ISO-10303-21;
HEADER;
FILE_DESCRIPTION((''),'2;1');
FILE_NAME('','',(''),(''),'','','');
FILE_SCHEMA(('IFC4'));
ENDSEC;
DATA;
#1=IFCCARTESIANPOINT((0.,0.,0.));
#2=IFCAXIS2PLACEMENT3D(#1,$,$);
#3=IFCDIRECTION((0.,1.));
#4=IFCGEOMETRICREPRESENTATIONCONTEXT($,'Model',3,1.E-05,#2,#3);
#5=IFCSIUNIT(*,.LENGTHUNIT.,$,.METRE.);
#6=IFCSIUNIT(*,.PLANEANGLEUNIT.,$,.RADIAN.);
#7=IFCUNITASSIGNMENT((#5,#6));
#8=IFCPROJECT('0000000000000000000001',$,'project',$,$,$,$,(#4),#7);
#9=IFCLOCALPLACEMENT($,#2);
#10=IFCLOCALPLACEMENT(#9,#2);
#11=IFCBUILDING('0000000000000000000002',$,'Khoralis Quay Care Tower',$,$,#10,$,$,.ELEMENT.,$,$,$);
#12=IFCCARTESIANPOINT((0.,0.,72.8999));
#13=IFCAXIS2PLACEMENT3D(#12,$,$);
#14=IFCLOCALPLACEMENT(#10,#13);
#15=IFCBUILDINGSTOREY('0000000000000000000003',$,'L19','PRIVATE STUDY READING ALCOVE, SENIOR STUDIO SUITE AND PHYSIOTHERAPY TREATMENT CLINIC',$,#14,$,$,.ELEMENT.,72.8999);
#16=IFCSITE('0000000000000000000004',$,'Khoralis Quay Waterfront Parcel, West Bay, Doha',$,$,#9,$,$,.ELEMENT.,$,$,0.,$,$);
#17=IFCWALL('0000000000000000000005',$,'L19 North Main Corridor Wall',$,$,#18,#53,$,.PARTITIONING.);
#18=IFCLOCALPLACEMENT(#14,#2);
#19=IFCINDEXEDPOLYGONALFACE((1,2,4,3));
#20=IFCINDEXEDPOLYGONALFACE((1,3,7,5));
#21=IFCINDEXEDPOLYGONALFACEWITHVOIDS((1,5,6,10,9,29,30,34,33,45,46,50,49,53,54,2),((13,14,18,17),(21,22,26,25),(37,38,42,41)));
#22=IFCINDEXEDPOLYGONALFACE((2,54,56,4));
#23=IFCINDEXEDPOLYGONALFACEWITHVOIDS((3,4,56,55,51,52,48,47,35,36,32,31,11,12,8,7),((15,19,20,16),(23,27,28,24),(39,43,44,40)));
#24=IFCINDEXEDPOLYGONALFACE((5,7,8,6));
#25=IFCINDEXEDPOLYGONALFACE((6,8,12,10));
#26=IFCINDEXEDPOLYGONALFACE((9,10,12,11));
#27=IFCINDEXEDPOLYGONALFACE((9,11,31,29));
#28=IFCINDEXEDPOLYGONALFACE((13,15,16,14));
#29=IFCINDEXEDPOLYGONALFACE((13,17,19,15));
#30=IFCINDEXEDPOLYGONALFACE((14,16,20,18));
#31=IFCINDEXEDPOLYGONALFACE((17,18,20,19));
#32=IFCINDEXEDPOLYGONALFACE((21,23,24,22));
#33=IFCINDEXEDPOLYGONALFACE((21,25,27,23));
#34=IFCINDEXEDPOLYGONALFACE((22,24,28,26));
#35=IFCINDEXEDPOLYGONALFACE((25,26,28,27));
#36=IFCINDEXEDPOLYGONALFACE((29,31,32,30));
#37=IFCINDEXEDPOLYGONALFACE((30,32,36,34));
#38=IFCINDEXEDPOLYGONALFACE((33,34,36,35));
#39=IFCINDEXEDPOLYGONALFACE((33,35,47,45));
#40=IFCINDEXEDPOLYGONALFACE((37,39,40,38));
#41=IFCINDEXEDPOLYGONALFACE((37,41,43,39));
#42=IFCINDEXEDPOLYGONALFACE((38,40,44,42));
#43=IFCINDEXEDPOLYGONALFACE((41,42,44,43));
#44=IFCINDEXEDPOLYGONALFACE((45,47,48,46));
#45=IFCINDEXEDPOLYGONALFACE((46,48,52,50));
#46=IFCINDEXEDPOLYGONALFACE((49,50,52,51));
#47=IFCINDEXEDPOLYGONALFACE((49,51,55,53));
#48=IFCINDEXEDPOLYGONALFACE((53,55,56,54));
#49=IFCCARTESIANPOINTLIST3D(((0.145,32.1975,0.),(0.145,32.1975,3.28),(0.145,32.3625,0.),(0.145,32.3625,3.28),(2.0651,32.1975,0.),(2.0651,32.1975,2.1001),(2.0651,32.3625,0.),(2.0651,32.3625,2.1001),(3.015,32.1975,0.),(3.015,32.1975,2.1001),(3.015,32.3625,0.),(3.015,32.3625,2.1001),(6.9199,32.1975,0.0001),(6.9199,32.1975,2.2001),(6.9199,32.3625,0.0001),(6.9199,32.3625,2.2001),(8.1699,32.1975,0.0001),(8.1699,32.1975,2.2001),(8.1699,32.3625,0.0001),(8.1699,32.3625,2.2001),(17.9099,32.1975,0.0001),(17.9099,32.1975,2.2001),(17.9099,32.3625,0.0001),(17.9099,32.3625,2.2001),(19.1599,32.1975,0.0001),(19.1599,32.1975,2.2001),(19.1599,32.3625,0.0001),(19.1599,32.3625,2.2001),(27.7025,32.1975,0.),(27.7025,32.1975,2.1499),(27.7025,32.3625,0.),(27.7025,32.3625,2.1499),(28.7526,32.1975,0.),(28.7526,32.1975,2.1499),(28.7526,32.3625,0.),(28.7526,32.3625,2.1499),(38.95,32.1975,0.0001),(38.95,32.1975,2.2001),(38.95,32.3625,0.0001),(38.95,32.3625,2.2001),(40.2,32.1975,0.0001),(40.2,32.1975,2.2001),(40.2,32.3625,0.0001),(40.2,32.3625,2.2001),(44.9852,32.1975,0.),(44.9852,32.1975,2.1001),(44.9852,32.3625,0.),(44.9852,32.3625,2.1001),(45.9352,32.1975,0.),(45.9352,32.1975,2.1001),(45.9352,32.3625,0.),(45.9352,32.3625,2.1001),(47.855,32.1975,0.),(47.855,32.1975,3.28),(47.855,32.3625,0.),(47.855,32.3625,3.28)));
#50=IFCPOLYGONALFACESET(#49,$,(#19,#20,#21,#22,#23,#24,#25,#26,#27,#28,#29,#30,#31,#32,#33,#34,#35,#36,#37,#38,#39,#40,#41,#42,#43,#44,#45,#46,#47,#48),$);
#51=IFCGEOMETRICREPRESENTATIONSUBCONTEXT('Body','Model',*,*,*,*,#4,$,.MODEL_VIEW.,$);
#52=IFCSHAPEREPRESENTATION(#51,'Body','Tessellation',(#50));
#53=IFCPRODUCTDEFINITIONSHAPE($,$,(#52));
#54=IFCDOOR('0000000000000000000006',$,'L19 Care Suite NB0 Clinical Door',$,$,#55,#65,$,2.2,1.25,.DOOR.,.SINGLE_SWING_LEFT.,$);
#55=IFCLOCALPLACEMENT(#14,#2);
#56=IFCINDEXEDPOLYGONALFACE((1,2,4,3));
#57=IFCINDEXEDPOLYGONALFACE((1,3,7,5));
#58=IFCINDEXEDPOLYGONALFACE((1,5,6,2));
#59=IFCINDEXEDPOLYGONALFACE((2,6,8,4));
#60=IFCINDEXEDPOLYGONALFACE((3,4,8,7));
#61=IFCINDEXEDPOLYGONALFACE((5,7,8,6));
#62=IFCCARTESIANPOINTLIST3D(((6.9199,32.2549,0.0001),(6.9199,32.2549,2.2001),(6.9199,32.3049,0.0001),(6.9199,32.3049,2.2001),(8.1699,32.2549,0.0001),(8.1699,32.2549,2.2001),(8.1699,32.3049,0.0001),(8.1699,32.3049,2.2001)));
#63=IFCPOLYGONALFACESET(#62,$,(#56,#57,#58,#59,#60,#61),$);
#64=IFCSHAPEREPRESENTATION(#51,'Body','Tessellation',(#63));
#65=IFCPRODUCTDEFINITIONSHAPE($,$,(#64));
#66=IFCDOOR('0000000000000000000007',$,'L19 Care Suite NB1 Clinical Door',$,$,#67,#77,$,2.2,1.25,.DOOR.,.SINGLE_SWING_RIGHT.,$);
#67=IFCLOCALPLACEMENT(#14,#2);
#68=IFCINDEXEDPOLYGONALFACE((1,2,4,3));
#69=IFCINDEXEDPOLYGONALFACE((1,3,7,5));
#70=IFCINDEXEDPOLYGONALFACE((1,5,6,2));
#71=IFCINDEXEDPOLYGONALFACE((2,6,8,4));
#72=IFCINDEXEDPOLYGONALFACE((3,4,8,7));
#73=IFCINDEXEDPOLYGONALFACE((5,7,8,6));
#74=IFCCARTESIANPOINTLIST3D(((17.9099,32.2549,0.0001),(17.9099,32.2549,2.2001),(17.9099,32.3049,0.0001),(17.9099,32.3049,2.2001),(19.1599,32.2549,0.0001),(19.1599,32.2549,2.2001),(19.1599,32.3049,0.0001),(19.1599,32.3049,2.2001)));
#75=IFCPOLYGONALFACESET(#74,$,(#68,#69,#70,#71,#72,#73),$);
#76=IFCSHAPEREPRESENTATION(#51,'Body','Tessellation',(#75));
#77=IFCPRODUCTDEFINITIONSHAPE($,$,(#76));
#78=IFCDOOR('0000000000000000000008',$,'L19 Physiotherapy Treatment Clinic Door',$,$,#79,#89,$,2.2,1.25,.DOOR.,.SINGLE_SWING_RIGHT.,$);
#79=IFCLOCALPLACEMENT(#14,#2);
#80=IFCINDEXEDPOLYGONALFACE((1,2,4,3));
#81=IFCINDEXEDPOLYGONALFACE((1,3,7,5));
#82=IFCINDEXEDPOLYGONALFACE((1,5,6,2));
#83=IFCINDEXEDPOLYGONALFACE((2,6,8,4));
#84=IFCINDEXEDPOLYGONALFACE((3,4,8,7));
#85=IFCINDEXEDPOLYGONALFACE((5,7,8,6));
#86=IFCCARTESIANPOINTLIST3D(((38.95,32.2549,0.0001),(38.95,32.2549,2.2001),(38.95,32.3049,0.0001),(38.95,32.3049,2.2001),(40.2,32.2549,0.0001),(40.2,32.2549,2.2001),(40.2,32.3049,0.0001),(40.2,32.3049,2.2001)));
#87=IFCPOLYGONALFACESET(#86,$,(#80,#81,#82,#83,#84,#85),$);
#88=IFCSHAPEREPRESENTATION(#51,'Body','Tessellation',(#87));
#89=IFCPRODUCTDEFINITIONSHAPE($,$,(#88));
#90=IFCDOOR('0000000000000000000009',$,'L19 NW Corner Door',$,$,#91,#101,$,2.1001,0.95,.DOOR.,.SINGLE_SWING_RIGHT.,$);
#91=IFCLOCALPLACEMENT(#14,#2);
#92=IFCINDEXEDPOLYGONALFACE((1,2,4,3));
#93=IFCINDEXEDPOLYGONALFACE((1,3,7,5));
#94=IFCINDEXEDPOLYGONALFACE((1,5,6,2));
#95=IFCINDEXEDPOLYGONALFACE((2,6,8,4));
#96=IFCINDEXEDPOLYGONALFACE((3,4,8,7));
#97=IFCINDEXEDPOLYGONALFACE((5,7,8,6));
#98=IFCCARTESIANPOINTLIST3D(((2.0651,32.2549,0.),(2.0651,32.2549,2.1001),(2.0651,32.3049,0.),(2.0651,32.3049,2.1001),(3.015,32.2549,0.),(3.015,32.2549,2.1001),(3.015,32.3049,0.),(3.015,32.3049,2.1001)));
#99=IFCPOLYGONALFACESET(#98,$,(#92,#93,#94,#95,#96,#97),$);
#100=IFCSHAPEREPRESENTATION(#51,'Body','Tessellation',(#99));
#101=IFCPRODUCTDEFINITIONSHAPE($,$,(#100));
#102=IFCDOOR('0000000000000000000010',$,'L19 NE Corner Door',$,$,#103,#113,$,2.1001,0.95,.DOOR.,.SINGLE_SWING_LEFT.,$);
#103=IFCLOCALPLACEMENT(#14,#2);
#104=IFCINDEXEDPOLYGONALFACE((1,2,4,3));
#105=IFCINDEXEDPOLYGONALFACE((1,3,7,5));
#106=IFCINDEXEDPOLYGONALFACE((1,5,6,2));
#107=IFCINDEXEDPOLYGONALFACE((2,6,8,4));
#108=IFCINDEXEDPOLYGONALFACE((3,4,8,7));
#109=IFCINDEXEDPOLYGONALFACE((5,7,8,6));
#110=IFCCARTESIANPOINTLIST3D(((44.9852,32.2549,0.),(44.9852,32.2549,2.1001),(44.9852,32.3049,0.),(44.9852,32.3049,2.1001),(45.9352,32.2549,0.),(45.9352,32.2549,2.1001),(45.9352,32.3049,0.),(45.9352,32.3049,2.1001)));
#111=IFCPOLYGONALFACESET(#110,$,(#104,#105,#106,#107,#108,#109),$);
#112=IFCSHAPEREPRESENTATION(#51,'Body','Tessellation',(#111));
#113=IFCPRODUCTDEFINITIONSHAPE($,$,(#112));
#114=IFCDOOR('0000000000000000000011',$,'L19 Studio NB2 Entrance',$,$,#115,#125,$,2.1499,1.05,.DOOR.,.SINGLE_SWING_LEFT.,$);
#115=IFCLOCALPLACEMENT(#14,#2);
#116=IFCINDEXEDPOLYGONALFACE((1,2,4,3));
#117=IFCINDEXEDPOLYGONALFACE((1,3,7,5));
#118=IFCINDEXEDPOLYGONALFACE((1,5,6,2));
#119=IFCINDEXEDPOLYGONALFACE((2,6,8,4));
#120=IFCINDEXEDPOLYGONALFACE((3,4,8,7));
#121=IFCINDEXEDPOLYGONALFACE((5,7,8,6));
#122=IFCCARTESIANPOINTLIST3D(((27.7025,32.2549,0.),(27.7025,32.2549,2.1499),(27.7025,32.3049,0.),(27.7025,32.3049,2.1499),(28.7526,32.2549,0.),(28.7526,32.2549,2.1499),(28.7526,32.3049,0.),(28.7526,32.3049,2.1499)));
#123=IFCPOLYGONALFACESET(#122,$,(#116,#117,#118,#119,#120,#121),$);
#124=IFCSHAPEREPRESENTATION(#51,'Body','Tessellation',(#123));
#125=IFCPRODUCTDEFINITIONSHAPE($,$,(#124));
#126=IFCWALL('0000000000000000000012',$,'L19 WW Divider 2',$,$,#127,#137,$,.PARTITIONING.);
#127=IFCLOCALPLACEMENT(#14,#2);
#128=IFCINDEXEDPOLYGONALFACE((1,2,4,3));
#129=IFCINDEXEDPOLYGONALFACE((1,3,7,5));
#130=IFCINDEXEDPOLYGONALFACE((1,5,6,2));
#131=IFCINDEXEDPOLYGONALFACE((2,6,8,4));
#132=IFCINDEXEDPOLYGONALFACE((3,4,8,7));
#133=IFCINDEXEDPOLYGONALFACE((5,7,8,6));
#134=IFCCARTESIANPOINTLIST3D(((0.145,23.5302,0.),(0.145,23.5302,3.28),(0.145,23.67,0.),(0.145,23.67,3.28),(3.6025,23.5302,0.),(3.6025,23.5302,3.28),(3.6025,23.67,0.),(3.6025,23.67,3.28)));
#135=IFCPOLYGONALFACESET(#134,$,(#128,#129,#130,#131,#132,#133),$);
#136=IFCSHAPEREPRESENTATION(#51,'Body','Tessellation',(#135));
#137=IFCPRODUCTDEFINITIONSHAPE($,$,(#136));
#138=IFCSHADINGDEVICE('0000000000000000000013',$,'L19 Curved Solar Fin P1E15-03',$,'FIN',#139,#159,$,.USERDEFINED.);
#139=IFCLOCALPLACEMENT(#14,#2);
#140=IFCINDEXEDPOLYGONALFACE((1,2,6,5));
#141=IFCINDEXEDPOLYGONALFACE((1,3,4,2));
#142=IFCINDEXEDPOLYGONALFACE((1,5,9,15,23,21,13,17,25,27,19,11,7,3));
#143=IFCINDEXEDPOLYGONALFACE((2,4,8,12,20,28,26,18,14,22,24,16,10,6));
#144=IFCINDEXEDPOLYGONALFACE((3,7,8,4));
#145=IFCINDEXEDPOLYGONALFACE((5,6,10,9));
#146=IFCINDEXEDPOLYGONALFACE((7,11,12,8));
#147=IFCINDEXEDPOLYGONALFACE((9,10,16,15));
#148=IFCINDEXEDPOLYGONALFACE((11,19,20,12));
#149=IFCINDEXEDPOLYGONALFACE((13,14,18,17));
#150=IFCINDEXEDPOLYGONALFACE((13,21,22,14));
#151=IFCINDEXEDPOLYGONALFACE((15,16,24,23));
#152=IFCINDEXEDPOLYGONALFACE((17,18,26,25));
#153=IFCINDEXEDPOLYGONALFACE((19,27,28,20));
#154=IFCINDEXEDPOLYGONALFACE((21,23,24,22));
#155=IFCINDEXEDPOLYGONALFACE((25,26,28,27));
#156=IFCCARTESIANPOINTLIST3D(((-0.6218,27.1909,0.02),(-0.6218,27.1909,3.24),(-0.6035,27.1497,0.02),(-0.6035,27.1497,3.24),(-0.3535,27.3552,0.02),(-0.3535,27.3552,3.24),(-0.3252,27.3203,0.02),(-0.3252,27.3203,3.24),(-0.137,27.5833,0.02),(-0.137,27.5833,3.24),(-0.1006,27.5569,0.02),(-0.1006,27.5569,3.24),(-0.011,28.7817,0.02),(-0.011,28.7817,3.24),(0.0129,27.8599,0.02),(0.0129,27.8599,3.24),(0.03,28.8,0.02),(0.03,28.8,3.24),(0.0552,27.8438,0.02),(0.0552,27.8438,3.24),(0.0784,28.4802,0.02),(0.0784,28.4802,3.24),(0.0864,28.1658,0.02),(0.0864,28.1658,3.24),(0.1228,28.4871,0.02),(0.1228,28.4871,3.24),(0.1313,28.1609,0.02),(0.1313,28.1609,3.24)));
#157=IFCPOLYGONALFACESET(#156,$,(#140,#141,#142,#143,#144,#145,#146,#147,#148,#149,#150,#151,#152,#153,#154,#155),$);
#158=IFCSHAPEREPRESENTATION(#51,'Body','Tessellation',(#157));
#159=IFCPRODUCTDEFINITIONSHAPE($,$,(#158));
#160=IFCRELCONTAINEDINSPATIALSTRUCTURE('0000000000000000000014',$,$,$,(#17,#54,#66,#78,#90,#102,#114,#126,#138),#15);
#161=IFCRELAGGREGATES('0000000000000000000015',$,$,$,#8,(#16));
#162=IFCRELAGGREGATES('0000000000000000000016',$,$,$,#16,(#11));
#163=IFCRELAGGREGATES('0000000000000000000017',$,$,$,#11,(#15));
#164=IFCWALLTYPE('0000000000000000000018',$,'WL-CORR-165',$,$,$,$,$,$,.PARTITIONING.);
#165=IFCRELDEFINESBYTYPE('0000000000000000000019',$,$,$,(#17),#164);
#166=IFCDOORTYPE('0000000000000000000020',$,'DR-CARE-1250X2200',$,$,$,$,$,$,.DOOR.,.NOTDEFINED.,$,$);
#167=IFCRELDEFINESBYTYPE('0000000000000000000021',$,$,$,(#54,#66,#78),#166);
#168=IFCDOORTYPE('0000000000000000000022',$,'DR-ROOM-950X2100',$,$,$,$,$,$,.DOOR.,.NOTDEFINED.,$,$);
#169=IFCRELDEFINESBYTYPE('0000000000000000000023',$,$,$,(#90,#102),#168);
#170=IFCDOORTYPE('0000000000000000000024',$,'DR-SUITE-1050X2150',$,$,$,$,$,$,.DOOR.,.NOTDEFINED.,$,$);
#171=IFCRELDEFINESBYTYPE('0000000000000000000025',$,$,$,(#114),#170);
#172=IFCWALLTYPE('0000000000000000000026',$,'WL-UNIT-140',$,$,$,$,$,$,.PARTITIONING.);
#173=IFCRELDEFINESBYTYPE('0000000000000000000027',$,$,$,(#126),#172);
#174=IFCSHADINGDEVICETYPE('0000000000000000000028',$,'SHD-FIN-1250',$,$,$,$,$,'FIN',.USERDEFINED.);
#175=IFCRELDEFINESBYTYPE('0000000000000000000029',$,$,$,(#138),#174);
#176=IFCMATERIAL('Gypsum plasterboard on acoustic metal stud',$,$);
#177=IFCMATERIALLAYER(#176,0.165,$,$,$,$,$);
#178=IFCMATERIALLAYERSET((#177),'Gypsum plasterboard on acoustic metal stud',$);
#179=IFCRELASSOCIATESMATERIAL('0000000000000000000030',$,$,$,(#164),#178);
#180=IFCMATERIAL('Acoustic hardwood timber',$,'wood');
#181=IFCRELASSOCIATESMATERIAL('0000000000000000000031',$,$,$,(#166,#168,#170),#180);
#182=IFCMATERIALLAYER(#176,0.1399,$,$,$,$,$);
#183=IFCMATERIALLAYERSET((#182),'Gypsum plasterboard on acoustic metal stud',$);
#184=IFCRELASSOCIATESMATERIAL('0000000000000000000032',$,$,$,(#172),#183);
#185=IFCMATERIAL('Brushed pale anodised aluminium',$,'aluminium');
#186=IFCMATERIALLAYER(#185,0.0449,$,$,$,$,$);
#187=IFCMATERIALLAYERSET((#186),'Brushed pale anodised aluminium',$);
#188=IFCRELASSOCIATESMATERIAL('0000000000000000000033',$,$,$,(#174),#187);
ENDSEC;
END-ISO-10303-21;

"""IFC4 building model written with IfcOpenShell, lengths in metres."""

from ifc_helpers import new_model, si_unit, direction, frame, frame_2d, origin, place, context, subcontext, project, spatial, polyline, rectangle, outline, extrude, source, transform, mapped, material, layer, layer_set, type_object, element, fill, save


model = new_model("IFC4")

# Units and contexts
model_context = context("Model", 3, precision=1e-05, world=origin(), true_north=direction((0.0, 1.0)))
body_context = subcontext(model_context, "Body", "Model", "MODEL_VIEW")
ifc_project = project(units=[si_unit("LENGTHUNIT", "METRE"), si_unit("PLANEANGLEUNIT", "RADIAN")], contexts=[model_context])

# Site, building, storey
site_placement = place(None, origin())
site = spatial("IfcSite", under=ifc_project, at=site_placement, Name="Khoralis Quay Waterfront Parcel, West Bay, Doha", CompositionType="ELEMENT", RefElevation=0.0)
building_placement = place(site_placement, origin())
building = spatial("IfcBuilding", under=site, at=building_placement, Name="Khoralis Quay Care Tower", CompositionType="ELEMENT")
storey_placement = place(building_placement, frame((0.0, 0.0, 72.8999)))
storey = spatial("IfcBuildingStorey", under=building, at=storey_placement, Name="L19", Description="PRIVATE STUDY READING ALCOVE, SENIOR STUDIO SUITE AND PHYSIOTHERAPY TREATMENT CLINIC", CompositionType="ELEMENT", Elevation=72.8999)

# Wall, openings, doors
ifc_material_1 = material(Name="Gypsum plasterboard on acoustic metal stud")
ifc_layer_1 = layer(ifc_material_1, 0.165)
ifc_layer_set_1 = layer_set([ifc_layer_1], Name="Gypsum plasterboard on acoustic metal stud")
wall_type_1 = type_object("IfcWallType", Name="WL-CORR-165", PredefinedType="PARTITIONING", material=ifc_layer_set_1)
wall_1_placement = place(storey_placement, frame((0.145, 32.28, 0.0), z_axis=(0.0, 0.0, 1.0), x_axis=(1.0, 0.0, 0.0)))
wall_1 = element("IfcWall", 1, at=wall_1_placement, inside=storey, type_object=wall_type_1, Name="L19 North Main Corridor Wall", PredefinedType="PARTITIONING", context=body_context, shape_type="SweptSolid", body=[
    extrude(rectangle(XDim=47.71, YDim=0.165, at=frame_2d((23.855, 0.0))), origin(), (0.0, 0.0, 1.0), 3.28),
])
opening_1_placement = place(wall_1_placement, frame((6.7749, 0.0, 0.0)))
opening_1 = element("IfcOpeningElement", 2, at=opening_1_placement, cuts=wall_1, PredefinedType="OPENING", context=body_context, shape_type="SweptSolid", body=[
    extrude(rectangle(XDim=1.25, YDim=2.2, at=frame_2d((0.625, 1.1001))), frame((0.0, 0.0925, 0.0), z_axis=(0.0, -1.0, 0.0), x_axis=(1.0, 0.0, 0.0)), (0.0, 0.0, 1.0), 0.1851),
])
opening_2_placement = place(wall_1_placement, frame((17.7649, 0.0, 0.0)))
opening_2 = element("IfcOpeningElement", 3, at=opening_2_placement, cuts=wall_1, PredefinedType="OPENING", context=body_context, shape_type="SweptSolid", body=[
    extrude(rectangle(XDim=1.25, YDim=2.2, at=frame_2d((0.625, 1.1001))), frame((0.0, 0.0925, 0.0), z_axis=(0.0, -1.0, 0.0), x_axis=(1.0, 0.0, 0.0)), (0.0, 0.0, 1.0), 0.1851),
])
opening_3_placement = place(wall_1_placement, frame((27.5576, 0.0, 0.0)))
opening_3 = element("IfcOpeningElement", 4, at=opening_3_placement, cuts=wall_1, PredefinedType="OPENING", context=body_context, shape_type="SweptSolid", body=[
    extrude(rectangle(XDim=1.05, YDim=2.1499, at=frame_2d((0.5249, 1.075))), frame((0.0, 0.0925, 0.0), z_axis=(0.0, -1.0, 0.0), x_axis=(1.0, 0.0, 0.0)), (0.0, 0.0, 1.0), 0.1851),
])
opening_4_placement = place(wall_1_placement, frame((38.8049, 0.0, 0.0)))
opening_4 = element("IfcOpeningElement", 5, at=opening_4_placement, cuts=wall_1, PredefinedType="OPENING", context=body_context, shape_type="SweptSolid", body=[
    extrude(rectangle(XDim=1.25, YDim=2.2, at=frame_2d((0.625, 1.1001))), frame((0.0, 0.0925, 0.0), z_axis=(0.0, -1.0, 0.0), x_axis=(1.0, 0.0, 0.0)), (0.0, 0.0, 1.0), 0.1851),
])
opening_5_placement = place(wall_1_placement, frame((1.9199, 0.0, 0.0)))
opening_5 = element("IfcOpeningElement", 6, at=opening_5_placement, cuts=wall_1, PredefinedType="OPENING", context=body_context, shape_type="SweptSolid", body=[
    extrude(rectangle(XDim=0.95, YDim=2.1001, at=frame_2d((0.4751, 1.05))), frame((0.0, 0.0925, 0.0), z_axis=(0.0, -1.0, 0.0), x_axis=(1.0, 0.0, 0.0)), (0.0, 0.0, 1.0), 0.1851),
])
opening_6_placement = place(wall_1_placement, frame((44.8401, 0.0, 0.0)))
opening_6 = element("IfcOpeningElement", 7, at=opening_6_placement, cuts=wall_1, PredefinedType="OPENING", context=body_context, shape_type="SweptSolid", body=[
    extrude(rectangle(XDim=0.95, YDim=2.1001, at=frame_2d((0.4751, 1.05))), frame((0.0, 0.0925, 0.0), z_axis=(0.0, -1.0, 0.0), x_axis=(1.0, 0.0, 0.0)), (0.0, 0.0, 1.0), 0.1851),
])
ifc_material_2 = material(Name="Acoustic hardwood timber", Category="wood")
door_type_1 = type_object("IfcDoorType", Name="DR-CARE-1250X2200", OperationType="NOTDEFINED", PredefinedType="DOOR", material=ifc_material_2)
shared_shape_1 = source(origin(), body_context, "Body", "SweptSolid", [
    extrude(rectangle(XDim=1.25, YDim=2.2, at=frame_2d((0.625, 1.1001))), frame((0.0, 0.0249, 0.0), z_axis=(0.0, -1.0, 0.0), x_axis=(1.0, 0.0, 0.0)), (0.0, 0.0, 1.0), 0.05),
])
door_1_placement = place(opening_1_placement, origin())
door_1 = element("IfcDoor", 8, at=door_1_placement, inside=storey, type_object=door_type_1, Name="L19 Care Suite NB0 Clinical Door", OperationType="SINGLE_SWING_LEFT", OverallHeight=2.2, OverallWidth=1.25, PredefinedType="DOOR", context=body_context, shape_type="MappedRepresentation", body=[
    mapped(shared_shape_1, transform((0.0, 0.0, 0.0), scale=1.0)),
])
fill(opening_1, door_1)
door_2_placement = place(opening_2_placement, origin())
door_2 = element("IfcDoor", 9, at=door_2_placement, inside=storey, type_object=door_type_1, Name="L19 Care Suite NB1 Clinical Door", OperationType="SINGLE_SWING_RIGHT", OverallHeight=2.2, OverallWidth=1.25, PredefinedType="DOOR", context=body_context, shape_type="MappedRepresentation", body=[
    mapped(shared_shape_1, transform((0.0, 0.0, 0.0), scale=1.0)),
])
fill(opening_2, door_2)
door_3_placement = place(opening_4_placement, origin())
door_3 = element("IfcDoor", 10, at=door_3_placement, inside=storey, type_object=door_type_1, Name="L19 Physiotherapy Treatment Clinic Door", OperationType="SINGLE_SWING_RIGHT", OverallHeight=2.2, OverallWidth=1.25, PredefinedType="DOOR", context=body_context, shape_type="MappedRepresentation", body=[
    mapped(shared_shape_1, transform((0.0, 0.0, 0.0), scale=1.0)),
])
fill(opening_4, door_3)
door_type_2 = type_object("IfcDoorType", Name="DR-ROOM-950X2100", OperationType="NOTDEFINED", PredefinedType="DOOR", material=ifc_material_2)
shared_shape_2 = source(origin(), body_context, "Body", "SweptSolid", [
    extrude(rectangle(XDim=0.95, YDim=2.1001, at=frame_2d((0.4751, 1.05))), frame((0.0, 0.0249, 0.0), z_axis=(0.0, -1.0, 0.0), x_axis=(1.0, 0.0, 0.0)), (0.0, 0.0, 1.0), 0.05),
])
door_4_placement = place(opening_5_placement, origin())
door_4 = element("IfcDoor", 11, at=door_4_placement, inside=storey, type_object=door_type_2, Name="L19 NW Corner Door", OperationType="SINGLE_SWING_RIGHT", OverallHeight=2.1001, OverallWidth=0.95, PredefinedType="DOOR", context=body_context, shape_type="MappedRepresentation", body=[
    mapped(shared_shape_2, transform((0.0, 0.0, 0.0), scale=1.0)),
])
fill(opening_5, door_4)
door_5_placement = place(opening_6_placement, origin())
door_5 = element("IfcDoor", 12, at=door_5_placement, inside=storey, type_object=door_type_2, Name="L19 NE Corner Door", OperationType="SINGLE_SWING_LEFT", OverallHeight=2.1001, OverallWidth=0.95, PredefinedType="DOOR", context=body_context, shape_type="MappedRepresentation", body=[
    mapped(shared_shape_2, transform((0.0, 0.0, 0.0), scale=1.0)),
])
fill(opening_6, door_5)
door_type_3 = type_object("IfcDoorType", Name="DR-SUITE-1050X2150", OperationType="NOTDEFINED", PredefinedType="DOOR", material=ifc_material_2)
shared_shape_3 = source(origin(), body_context, "Body", "SweptSolid", [
    extrude(rectangle(XDim=1.05, YDim=2.1499, at=frame_2d((0.5249, 1.075))), frame((0.0, 0.0249, 0.0), z_axis=(0.0, -1.0, 0.0), x_axis=(1.0, 0.0, 0.0)), (0.0, 0.0, 1.0), 0.05),
])
door_6_placement = place(opening_3_placement, origin())
door_6 = element("IfcDoor", 13, at=door_6_placement, inside=storey, type_object=door_type_3, Name="L19 Studio NB2 Entrance", OperationType="SINGLE_SWING_LEFT", OverallHeight=2.1499, OverallWidth=1.05, PredefinedType="DOOR", context=body_context, shape_type="MappedRepresentation", body=[
    mapped(shared_shape_3, transform((0.0, 0.0, 0.0), scale=1.0)),
])
fill(opening_3, door_6)

# Wall
ifc_layer_2 = layer(ifc_material_1, 0.1399)
ifc_layer_set_2 = layer_set([ifc_layer_2], Name="Gypsum plasterboard on acoustic metal stud")
wall_type_2 = type_object("IfcWallType", Name="WL-UNIT-140", PredefinedType="PARTITIONING", material=ifc_layer_set_2)
wall_2_placement = place(storey_placement, frame((0.145, 23.6001, 0.0), z_axis=(0.0, 0.0, 1.0), x_axis=(1.0, 0.0, 0.0)))
element("IfcWall", 14, at=wall_2_placement, inside=storey, type_object=wall_type_2, Name="L19 WW Divider 2", PredefinedType="PARTITIONING", context=body_context, shape_type="SweptSolid", body=[
    extrude(rectangle(XDim=3.4575, YDim=0.1399, at=frame_2d((1.7288, 0.0))), origin(), (0.0, 0.0, 1.0), 3.28),
])

# Shading device
ifc_material_3 = material(Name="Brushed pale anodised aluminium", Category="aluminium")
ifc_layer_3 = layer(ifc_material_3, 0.0449)
ifc_layer_set_3 = layer_set([ifc_layer_3], Name="Brushed pale anodised aluminium")
shading_device_type = type_object("IfcShadingDeviceType", Name="SHD-FIN-1250", ElementType="FIN", PredefinedType="USERDEFINED", material=ifc_layer_set_3)
shared_shape_4 = source(origin(), body_context, "Body", "SweptSolid", [
    extrude(outline(polyline([(0.0, 0.0), (-0.0928, 0.313), (-0.1013, 0.6392), (-0.0251, 0.9563), (0.1306, 1.2432), (0.3552, 1.4797), (0.6335, 1.6504), (0.6519, 1.6091), (0.3835, 1.4448), (0.167, 1.2168), (0.0171, 0.9402), (-0.0564, 0.6343), (-0.0483, 0.3198), (0.041, 0.0183), (0.0, 0.0)])), origin(), (0.0, 0.0, 1.0), 3.22),
])
for number, where, z_axis, x_axis, name in (
    (15, (0.03, 28.8, 0.02), (0.0, 0.0, 1.0), (-1.0, 0.0, 0.0), "L19 Curved Solar Fin P1E15-03"),
):
    element("IfcShadingDevice", number, at=place(storey_placement, frame(where, z_axis=z_axis, x_axis=x_axis)), inside=storey, type_object=shading_device_type, Name=name, ObjectType="FIN", PredefinedType="USERDEFINED", context=body_context, shape_type="MappedRepresentation", body=[
        mapped(shared_shape_4, transform((0.0, 0.0, 0.0), scale=1.0)),
    ])

save(model, "model.ifc")
